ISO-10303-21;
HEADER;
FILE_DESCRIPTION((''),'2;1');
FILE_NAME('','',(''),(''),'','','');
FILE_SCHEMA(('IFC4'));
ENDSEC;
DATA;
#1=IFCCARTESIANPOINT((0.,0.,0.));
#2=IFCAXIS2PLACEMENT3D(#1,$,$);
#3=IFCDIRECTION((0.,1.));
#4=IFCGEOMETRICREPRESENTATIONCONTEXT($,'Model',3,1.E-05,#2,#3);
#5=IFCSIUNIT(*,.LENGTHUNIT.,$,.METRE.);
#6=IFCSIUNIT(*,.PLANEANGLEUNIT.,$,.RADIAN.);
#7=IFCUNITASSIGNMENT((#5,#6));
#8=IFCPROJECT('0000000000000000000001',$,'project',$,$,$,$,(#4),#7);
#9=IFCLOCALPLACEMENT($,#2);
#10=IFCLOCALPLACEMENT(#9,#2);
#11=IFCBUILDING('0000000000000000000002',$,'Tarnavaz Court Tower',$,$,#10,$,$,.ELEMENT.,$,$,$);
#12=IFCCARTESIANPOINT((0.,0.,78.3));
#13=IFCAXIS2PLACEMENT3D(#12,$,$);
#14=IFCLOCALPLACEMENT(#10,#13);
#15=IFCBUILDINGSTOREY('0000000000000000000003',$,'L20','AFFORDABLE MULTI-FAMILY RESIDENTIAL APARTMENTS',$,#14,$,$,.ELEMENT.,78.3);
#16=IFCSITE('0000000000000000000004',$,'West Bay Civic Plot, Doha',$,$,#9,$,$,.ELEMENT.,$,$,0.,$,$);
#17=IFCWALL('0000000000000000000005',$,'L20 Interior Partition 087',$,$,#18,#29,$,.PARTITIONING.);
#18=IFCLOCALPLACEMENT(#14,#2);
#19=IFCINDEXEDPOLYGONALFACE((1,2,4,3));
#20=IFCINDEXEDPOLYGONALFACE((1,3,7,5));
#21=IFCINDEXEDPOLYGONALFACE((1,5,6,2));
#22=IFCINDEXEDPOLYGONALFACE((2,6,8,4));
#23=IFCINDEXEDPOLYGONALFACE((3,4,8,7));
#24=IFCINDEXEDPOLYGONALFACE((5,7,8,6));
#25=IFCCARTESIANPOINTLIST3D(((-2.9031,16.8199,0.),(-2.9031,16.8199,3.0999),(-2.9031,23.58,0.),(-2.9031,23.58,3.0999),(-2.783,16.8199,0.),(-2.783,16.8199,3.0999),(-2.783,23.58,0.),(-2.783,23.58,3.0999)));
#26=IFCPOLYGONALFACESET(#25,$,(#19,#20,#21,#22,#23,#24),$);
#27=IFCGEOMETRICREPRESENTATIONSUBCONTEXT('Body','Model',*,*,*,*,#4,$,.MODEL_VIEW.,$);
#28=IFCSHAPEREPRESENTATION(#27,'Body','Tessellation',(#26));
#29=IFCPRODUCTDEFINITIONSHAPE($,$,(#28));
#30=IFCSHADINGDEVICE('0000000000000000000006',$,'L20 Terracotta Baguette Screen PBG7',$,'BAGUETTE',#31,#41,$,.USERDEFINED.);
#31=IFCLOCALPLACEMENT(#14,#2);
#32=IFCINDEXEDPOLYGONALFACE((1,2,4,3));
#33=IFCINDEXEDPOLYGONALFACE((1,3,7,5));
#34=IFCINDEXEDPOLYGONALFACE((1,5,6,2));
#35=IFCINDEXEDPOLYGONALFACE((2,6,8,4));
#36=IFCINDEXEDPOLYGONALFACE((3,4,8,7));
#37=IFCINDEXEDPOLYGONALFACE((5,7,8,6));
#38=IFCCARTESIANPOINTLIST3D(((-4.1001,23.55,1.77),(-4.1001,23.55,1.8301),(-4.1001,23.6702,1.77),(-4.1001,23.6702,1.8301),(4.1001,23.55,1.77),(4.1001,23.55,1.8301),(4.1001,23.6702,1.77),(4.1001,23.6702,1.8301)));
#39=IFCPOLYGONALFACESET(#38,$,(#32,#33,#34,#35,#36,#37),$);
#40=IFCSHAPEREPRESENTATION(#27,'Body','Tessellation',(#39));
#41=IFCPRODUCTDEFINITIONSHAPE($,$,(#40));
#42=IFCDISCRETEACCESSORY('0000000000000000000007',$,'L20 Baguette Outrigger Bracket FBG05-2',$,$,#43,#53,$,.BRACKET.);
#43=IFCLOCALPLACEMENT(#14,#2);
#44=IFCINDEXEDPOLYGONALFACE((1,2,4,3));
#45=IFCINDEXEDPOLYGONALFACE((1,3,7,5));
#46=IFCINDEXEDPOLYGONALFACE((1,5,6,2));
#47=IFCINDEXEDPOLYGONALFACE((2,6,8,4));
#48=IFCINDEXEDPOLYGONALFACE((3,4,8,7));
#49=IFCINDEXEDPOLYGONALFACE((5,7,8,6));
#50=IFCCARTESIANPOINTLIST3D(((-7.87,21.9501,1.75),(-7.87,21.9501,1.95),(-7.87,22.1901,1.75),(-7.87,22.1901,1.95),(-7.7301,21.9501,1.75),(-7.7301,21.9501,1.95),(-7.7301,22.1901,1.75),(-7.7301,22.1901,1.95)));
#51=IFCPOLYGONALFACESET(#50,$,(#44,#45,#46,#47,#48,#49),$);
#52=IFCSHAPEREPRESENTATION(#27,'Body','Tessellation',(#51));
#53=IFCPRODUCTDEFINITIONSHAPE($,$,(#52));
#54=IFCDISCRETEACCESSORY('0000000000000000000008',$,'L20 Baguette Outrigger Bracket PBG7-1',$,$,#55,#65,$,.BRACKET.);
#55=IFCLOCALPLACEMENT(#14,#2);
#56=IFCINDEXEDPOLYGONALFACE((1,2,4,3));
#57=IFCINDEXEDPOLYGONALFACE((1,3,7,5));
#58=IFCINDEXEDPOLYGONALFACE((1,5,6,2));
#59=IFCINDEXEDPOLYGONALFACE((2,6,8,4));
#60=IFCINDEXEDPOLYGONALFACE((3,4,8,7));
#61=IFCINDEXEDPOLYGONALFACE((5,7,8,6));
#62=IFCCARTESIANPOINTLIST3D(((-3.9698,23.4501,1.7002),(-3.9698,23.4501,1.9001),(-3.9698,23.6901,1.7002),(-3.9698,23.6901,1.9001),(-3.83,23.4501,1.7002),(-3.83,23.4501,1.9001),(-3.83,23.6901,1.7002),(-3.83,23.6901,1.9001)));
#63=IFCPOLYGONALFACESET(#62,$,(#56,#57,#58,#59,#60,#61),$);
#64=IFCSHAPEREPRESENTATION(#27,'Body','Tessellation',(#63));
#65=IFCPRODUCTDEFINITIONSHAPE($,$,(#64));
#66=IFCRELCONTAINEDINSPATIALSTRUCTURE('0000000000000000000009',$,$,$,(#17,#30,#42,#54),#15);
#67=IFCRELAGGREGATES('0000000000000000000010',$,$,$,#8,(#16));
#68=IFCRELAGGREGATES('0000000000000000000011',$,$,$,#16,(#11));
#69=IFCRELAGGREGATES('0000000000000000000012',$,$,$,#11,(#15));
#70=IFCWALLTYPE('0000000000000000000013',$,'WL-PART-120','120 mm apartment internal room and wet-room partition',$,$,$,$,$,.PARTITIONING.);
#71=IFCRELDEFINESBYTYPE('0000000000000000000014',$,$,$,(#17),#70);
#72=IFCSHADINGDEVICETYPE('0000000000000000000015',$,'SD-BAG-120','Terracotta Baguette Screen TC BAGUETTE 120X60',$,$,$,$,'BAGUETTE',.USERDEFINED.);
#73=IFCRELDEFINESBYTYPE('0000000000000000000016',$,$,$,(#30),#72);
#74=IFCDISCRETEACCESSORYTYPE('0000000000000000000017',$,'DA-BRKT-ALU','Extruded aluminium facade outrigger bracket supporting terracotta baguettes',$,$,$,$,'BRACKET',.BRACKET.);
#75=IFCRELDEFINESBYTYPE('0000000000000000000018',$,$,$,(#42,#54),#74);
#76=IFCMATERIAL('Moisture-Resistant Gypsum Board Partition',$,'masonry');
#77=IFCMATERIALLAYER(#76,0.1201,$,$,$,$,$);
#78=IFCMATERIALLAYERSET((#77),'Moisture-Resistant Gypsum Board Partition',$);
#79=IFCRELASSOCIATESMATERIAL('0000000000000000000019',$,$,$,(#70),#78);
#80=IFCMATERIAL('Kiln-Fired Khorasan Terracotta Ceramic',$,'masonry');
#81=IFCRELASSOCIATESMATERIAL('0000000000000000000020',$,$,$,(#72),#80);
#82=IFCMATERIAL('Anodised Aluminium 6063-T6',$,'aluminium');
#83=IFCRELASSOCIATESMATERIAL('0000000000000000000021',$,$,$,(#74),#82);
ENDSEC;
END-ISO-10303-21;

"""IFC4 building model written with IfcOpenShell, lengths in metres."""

from ifc_helpers import new_model, si_unit, direction, frame, frame_2d, origin, origin_2d, place, context, subcontext, project, spatial, rectangle, extrude, material, layer, layer_set, material_profile, profile_set, type_object, element, save


model = new_model("IFC4")

# Units and contexts
model_context = context("Model", 3, precision=1e-05, world=origin(), true_north=direction((0.0, 1.0)))
body_context = subcontext(model_context, "Body", "Model", "MODEL_VIEW")
ifc_project = project(units=[si_unit("LENGTHUNIT", "METRE"), si_unit("PLANEANGLEUNIT", "RADIAN")], contexts=[model_context])

# Site, building, storey
site_placement = place(None, origin())
site = spatial("IfcSite", under=ifc_project, at=site_placement, Name="West Bay Civic Plot, Doha", CompositionType="ELEMENT", RefElevation=0.0)
building_placement = place(site_placement, origin())
building = spatial("IfcBuilding", under=site, at=building_placement, Name="Tarnavaz Court Tower", CompositionType="ELEMENT")
storey_placement = place(building_placement, frame((0.0, 0.0, 78.3)))
storey = spatial("IfcBuildingStorey", under=building, at=storey_placement, Name="L20", Description="AFFORDABLE MULTI-FAMILY RESIDENTIAL APARTMENTS", CompositionType="ELEMENT", Elevation=78.3)

# Shared definitions
ifc_material_1 = material(Name="Anodised Aluminium 6063-T6", Category="aluminium")

# Shared definitions
ifc_material_2 = material(Name="Moisture-Resistant Gypsum Board Partition", Category="masonry")
ifc_layer_1 = layer(ifc_material_2, 0.1201)
ifc_layer_set_1 = layer_set([ifc_layer_1], Name="Moisture-Resistant Gypsum Board Partition")
wall_type_1 = type_object("IfcWallType", Name="WL-PART-120", Description="120 mm apartment internal room and wet-room partition", PredefinedType="PARTITIONING", material=ifc_layer_set_1)

# Wall
wall_1_placement = place(storey_placement, frame((-2.843, 16.8201, 0.0), z_axis=(0.0, 0.0, 1.0), x_axis=(0.0, 1.0, 0.0)))
element("IfcWall", 1, at=wall_1_placement, inside=storey, type_object=wall_type_1, Name="L20 Interior Partition 087", PredefinedType="PARTITIONING", context=body_context, shape_type="SweptSolid", body=[
    extrude(rectangle(XDim=6.76, YDim=0.1201, at=frame_2d((3.3799, 0.0))), origin(), (0.0, 0.0, 1.0), 3.0999),
])

# Shading device
ifc_material_3 = material(Name="Kiln-Fired Khorasan Terracotta Ceramic", Category="masonry")
ifc_material_profile_1 = material_profile(ifc_material_3, rectangle(XDim=0.1201, YDim=0.0601, at=origin_2d()), Name="TC BAGUETTE 120X60")
ifc_profile_set_1 = profile_set([ifc_material_profile_1], Name="Kiln-Fired Khorasan Terracotta Ceramic")
shading_device_type = type_object("IfcShadingDeviceType", Name="SD-BAG-120", Description="Terracotta Baguette Screen TC BAGUETTE 120X60", ElementType="BAGUETTE", PredefinedType="USERDEFINED", material=ifc_profile_set_1)
shading_device_placement = place(storey_placement, frame((-4.1001, 23.6101, 1.8), z_axis=(1.0, 0.0, 0.0), x_axis=(0.0, 1.0, 0.0)))
element("IfcShadingDevice", 2, at=shading_device_placement, inside=storey, type_object=shading_device_type, Name="L20 Terracotta Baguette Screen PBG7", ObjectType="BAGUETTE", PredefinedType="USERDEFINED", context=body_context, shape_type="SweptSolid", body=[
    extrude(rectangle(XDim=0.1201, YDim=0.0601, at=origin_2d()), origin(), (0.0, 0.0, 1.0), 8.2002),
])

# Discrete accessories
discrete_accessory_type = type_object("IfcDiscreteAccessoryType", Name="DA-BRKT-ALU", Description="Extruded aluminium facade outrigger bracket supporting terracotta baguettes", ElementType="BRACKET", PredefinedType="BRACKET", material=ifc_material_1)
for number, where, z_axis, x_axis, name in (
    (3, (-7.8, 22.0701, 1.75), (0.0, 0.0, 1.0), (1.0, 0.0, 0.0), "L20 Baguette Outrigger Bracket FBG05-2"),
    (4, (-3.8999, 23.5701, 1.7002), (0.0, 0.0, 1.0), (1.0, 0.0, 0.0), "L20 Baguette Outrigger Bracket PBG7-1"),
):
    element("IfcDiscreteAccessory", number, at=place(storey_placement, frame(where, z_axis=z_axis, x_axis=x_axis)), inside=storey, type_object=discrete_accessory_type, Name=name, PredefinedType="BRACKET", context=body_context, shape_type="SweptSolid", body=[
        extrude(rectangle(XDim=0.1399, YDim=0.24, at=origin_2d()), origin(), (0.0, 0.0, 1.0), 0.2),
    ])

save(model, "model.ifc")
